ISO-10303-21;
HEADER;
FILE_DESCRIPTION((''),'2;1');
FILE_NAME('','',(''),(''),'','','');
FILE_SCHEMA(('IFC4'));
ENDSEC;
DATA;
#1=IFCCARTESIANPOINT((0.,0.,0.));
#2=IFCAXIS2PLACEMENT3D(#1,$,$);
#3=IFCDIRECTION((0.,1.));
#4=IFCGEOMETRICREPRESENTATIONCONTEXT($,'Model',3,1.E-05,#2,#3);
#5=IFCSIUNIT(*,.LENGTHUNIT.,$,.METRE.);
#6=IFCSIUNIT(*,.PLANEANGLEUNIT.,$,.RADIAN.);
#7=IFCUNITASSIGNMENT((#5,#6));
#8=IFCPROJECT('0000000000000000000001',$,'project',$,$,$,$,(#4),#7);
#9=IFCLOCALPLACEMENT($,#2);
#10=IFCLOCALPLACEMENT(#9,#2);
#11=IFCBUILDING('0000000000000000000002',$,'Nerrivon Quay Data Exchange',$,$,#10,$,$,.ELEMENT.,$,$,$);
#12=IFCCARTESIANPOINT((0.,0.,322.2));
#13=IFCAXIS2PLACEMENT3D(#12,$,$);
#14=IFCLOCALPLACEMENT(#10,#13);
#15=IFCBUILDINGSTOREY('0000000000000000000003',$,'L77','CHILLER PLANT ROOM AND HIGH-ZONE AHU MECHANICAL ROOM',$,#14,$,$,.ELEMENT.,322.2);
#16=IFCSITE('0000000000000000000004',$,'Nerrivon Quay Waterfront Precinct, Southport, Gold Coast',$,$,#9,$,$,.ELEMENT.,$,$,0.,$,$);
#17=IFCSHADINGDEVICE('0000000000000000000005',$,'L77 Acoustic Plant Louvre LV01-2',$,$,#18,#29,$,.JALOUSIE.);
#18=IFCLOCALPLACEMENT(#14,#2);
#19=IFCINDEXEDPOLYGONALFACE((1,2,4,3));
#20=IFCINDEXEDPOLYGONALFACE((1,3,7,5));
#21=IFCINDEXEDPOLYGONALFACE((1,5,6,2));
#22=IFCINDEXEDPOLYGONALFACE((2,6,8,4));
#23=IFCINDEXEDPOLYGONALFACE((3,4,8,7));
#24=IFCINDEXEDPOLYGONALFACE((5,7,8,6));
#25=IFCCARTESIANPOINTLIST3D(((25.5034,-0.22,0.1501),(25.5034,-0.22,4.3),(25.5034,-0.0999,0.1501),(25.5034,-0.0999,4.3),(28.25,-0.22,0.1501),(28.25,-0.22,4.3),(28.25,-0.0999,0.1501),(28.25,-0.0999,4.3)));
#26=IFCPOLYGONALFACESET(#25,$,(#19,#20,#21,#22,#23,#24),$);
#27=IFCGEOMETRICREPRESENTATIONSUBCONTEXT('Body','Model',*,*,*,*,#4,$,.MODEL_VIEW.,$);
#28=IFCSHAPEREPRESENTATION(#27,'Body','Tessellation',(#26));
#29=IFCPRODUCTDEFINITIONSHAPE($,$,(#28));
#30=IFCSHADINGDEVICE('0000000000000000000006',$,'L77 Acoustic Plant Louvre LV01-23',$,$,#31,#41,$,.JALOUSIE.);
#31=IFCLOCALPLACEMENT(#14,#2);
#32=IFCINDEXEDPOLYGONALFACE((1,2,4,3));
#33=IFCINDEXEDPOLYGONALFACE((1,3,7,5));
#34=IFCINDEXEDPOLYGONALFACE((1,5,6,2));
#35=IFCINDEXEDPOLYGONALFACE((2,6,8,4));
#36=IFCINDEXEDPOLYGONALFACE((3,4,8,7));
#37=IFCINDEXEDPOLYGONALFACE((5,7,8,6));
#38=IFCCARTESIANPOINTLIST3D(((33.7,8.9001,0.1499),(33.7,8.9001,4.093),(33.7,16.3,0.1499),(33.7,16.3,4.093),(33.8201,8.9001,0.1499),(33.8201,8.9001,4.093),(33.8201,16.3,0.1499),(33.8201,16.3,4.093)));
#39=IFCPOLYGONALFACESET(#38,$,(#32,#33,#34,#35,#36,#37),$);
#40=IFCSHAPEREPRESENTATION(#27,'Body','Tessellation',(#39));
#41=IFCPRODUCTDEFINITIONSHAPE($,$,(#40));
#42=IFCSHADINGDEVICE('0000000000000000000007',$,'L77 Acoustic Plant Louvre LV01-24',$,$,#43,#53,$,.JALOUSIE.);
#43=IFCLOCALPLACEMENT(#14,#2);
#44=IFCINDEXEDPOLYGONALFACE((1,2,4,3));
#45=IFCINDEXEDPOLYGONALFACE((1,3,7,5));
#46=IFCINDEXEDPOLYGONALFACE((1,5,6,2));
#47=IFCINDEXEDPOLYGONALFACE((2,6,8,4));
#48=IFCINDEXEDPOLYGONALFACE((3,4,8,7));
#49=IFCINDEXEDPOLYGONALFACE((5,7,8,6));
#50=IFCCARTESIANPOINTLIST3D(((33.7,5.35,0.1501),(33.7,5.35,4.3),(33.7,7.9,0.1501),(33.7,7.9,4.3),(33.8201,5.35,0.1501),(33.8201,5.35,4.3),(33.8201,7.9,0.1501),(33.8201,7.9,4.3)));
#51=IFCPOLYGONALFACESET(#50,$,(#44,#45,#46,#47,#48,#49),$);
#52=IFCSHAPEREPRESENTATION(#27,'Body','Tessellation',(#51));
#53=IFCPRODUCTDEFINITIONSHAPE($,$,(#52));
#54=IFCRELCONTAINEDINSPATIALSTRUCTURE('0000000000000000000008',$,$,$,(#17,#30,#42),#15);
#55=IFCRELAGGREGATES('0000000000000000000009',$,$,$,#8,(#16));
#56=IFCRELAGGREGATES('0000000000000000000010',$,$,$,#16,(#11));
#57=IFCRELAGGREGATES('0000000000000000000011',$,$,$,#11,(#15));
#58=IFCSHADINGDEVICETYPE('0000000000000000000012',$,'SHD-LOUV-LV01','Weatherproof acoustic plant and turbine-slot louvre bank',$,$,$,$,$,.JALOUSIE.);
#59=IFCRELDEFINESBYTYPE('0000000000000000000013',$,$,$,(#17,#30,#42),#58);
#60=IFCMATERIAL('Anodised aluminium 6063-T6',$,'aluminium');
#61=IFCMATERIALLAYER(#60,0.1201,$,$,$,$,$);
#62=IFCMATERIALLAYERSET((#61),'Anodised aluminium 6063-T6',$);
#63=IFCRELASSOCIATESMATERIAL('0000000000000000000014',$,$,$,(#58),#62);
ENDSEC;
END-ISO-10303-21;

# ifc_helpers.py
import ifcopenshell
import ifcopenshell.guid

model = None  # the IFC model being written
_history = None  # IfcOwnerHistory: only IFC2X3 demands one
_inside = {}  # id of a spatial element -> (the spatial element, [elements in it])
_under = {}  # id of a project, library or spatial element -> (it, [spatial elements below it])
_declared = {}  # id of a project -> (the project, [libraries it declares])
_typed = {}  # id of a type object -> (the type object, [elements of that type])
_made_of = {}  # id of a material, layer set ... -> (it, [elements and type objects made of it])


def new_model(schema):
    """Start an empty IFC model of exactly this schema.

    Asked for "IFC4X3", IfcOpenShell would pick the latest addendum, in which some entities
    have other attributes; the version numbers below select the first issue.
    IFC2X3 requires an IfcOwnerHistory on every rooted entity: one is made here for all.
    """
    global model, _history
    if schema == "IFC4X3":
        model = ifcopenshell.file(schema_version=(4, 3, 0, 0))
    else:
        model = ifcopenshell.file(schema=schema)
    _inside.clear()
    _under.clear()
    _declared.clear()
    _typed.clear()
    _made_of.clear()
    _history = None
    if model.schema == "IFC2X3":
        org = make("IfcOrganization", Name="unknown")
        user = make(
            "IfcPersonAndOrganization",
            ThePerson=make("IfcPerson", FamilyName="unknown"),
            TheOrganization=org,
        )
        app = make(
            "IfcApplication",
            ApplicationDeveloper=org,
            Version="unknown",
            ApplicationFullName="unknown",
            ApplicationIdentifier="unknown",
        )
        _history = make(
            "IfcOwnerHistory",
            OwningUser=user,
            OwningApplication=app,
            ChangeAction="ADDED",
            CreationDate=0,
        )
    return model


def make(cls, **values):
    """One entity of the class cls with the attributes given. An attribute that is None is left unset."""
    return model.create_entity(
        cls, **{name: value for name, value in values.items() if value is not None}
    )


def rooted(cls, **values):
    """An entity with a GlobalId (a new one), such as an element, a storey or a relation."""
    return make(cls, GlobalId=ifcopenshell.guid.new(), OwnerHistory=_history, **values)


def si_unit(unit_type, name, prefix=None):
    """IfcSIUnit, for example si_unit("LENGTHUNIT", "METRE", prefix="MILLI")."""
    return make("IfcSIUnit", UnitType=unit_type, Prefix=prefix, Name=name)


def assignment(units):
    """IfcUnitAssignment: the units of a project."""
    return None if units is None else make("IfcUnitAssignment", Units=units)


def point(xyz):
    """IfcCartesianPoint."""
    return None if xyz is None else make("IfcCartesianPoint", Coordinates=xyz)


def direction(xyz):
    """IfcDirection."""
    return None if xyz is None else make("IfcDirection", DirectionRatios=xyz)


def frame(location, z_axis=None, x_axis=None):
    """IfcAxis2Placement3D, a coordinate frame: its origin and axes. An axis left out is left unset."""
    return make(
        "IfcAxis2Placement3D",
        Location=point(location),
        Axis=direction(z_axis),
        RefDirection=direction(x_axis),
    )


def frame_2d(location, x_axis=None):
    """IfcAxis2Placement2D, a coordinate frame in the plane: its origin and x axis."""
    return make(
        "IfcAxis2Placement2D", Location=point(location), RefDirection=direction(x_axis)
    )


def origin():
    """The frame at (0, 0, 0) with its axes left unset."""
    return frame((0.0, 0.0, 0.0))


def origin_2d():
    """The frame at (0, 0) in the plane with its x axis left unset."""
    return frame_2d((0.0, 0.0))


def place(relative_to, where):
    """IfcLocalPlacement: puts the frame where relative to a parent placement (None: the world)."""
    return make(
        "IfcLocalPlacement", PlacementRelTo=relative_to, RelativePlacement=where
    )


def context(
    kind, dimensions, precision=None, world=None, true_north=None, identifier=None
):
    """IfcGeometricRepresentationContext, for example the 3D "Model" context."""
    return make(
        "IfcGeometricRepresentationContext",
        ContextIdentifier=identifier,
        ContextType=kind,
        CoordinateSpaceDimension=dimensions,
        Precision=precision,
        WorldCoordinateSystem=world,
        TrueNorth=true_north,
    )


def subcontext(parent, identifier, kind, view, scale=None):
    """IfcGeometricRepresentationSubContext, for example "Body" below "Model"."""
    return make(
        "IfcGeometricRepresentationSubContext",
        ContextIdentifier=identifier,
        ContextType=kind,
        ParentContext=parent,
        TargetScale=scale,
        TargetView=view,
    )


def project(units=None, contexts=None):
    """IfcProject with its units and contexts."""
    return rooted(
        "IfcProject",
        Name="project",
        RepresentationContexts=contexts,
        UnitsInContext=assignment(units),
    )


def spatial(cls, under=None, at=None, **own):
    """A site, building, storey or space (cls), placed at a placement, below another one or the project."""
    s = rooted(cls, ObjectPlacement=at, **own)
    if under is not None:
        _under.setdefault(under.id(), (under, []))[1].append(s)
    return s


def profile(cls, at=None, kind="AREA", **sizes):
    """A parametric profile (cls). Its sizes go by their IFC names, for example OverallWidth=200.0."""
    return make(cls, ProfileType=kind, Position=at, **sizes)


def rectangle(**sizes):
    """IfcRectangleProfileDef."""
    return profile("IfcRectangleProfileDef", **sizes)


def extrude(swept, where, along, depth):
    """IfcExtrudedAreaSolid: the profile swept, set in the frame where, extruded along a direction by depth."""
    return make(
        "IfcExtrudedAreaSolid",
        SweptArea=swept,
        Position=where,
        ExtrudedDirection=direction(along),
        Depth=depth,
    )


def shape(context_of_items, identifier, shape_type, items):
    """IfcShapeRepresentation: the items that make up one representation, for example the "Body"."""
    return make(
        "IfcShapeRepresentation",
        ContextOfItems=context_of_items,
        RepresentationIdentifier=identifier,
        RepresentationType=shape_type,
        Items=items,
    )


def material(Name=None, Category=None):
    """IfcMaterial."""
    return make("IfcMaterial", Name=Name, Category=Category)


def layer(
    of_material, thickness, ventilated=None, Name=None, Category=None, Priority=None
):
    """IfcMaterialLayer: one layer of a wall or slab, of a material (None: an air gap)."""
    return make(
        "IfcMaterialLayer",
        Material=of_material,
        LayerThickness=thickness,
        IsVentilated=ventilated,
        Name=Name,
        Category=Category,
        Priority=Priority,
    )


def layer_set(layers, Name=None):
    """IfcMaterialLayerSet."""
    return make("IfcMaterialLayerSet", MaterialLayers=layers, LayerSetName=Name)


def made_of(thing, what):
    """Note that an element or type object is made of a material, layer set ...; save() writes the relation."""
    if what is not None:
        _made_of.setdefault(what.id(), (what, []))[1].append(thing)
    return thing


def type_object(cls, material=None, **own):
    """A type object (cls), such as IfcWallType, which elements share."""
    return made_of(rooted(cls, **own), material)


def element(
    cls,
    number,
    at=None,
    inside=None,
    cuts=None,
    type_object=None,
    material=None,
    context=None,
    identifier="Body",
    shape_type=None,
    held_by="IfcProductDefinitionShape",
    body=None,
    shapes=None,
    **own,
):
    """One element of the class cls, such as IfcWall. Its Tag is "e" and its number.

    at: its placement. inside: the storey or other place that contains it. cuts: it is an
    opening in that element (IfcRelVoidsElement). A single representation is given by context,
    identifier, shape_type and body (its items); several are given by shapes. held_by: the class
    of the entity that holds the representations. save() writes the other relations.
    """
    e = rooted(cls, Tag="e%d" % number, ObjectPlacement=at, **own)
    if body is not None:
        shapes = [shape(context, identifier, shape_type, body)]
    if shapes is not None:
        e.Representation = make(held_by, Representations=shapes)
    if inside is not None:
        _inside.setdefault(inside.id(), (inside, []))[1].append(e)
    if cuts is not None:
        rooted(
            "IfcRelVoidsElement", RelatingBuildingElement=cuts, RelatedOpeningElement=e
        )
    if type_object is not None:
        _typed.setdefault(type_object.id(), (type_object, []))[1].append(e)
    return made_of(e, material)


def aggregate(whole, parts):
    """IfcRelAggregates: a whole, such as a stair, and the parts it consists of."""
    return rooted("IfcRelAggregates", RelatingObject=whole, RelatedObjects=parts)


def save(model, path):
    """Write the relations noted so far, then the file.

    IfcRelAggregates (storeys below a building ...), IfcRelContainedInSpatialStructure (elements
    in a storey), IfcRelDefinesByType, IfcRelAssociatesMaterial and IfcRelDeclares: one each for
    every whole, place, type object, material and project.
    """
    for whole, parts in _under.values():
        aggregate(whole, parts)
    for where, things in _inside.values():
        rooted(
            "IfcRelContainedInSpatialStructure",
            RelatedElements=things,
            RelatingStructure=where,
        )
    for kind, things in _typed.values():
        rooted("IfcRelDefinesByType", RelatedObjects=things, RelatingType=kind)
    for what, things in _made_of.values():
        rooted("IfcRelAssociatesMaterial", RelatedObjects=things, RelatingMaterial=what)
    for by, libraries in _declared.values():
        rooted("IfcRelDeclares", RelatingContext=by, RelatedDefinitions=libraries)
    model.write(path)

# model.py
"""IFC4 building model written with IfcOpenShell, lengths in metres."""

from ifc_helpers import new_model, si_unit, direction, frame, origin, origin_2d, place, context, subcontext, project, spatial, rectangle, extrude, material, layer, layer_set, type_object, element, save


model = new_model("IFC4")

# Units and contexts
model_context = context("Model", 3, precision=1e-05, world=origin(), true_north=direction((0.0, 1.0)))
body_context = subcontext(model_context, "Body", "Model", "MODEL_VIEW")
ifc_project = project(units=[si_unit("LENGTHUNIT", "METRE"), si_unit("PLANEANGLEUNIT", "RADIAN")], contexts=[model_context])

# Site, building, storey
site_placement = place(None, origin())
site = spatial("IfcSite", under=ifc_project, at=site_placement, Name="Nerrivon Quay Waterfront Precinct, Southport, Gold Coast", CompositionType="ELEMENT", RefElevation=0.0)
building_placement = place(site_placement, origin())
building = spatial("IfcBuilding", under=site, at=building_placement, Name="Nerrivon Quay Data Exchange", CompositionType="ELEMENT")
storey_placement = place(building_placement, frame((0.0, 0.0, 322.2)))
storey = spatial("IfcBuildingStorey", under=building, at=storey_placement, Name="L77", Description="CHILLER PLANT ROOM AND HIGH-ZONE AHU MECHANICAL ROOM", CompositionType="ELEMENT", Elevation=322.2)

# Shading devices
ifc_material_1 = material(Name="Anodised aluminium 6063-T6", Category="aluminium")
ifc_layer_1 = layer(ifc_material_1, 0.1201)
ifc_layer_set_1 = layer_set([ifc_layer_1], Name="Anodised aluminium 6063-T6")
shading_device_type = type_object("IfcShadingDeviceType", Name="SHD-LOUV-LV01", Description="Weatherproof acoustic plant and turbine-slot louvre bank", PredefinedType="JALOUSIE", material=ifc_layer_set_1)
shading_device_1_placement = place(storey_placement, frame((26.8767, -0.1599, 0.1501), z_axis=(0.0, 0.0, 1.0), x_axis=(-1.0, 0.0, 0.0)))
element("IfcShadingDevice", 1, at=shading_device_1_placement, inside=storey, type_object=shading_device_type, Name="L77 Acoustic Plant Louvre LV01-2", PredefinedType="JALOUSIE", context=body_context, shape_type="SweptSolid", body=[
    extrude(rectangle(XDim=2.7466, YDim=0.1201, at=origin_2d()), origin(), (0.0, 0.0, 1.0), 4.1499),
])
shading_device_2_placement = place(storey_placement, frame((33.76, 12.6001, 0.1499), z_axis=(0.0, 0.0, 1.0), x_axis=(0.0, -1.0, 0.0)))
element("IfcShadingDevice", 2, at=shading_device_2_placement, inside=storey, type_object=shading_device_type, Name="L77 Acoustic Plant Louvre LV01-23", PredefinedType="JALOUSIE", context=body_context, shape_type="SweptSolid", body=[
    extrude(rectangle(XDim=7.3999, YDim=0.1201, at=origin_2d()), origin(), (0.0, 0.0, 1.0), 3.9431),
])
shading_device_3_placement = place(storey_placement, frame((33.76, 6.625, 0.1501), z_axis=(0.0, 0.0, 1.0), x_axis=(0.0, -1.0, 0.0)))
element("IfcShadingDevice", 3, at=shading_device_3_placement, inside=storey, type_object=shading_device_type, Name="L77 Acoustic Plant Louvre LV01-24", PredefinedType="JALOUSIE", context=body_context, shape_type="SweptSolid", body=[
    extrude(rectangle(XDim=2.55, YDim=0.1201, at=origin_2d()), origin(), (0.0, 0.0, 1.0), 4.1499),
])

save(model, "model.ifc")
